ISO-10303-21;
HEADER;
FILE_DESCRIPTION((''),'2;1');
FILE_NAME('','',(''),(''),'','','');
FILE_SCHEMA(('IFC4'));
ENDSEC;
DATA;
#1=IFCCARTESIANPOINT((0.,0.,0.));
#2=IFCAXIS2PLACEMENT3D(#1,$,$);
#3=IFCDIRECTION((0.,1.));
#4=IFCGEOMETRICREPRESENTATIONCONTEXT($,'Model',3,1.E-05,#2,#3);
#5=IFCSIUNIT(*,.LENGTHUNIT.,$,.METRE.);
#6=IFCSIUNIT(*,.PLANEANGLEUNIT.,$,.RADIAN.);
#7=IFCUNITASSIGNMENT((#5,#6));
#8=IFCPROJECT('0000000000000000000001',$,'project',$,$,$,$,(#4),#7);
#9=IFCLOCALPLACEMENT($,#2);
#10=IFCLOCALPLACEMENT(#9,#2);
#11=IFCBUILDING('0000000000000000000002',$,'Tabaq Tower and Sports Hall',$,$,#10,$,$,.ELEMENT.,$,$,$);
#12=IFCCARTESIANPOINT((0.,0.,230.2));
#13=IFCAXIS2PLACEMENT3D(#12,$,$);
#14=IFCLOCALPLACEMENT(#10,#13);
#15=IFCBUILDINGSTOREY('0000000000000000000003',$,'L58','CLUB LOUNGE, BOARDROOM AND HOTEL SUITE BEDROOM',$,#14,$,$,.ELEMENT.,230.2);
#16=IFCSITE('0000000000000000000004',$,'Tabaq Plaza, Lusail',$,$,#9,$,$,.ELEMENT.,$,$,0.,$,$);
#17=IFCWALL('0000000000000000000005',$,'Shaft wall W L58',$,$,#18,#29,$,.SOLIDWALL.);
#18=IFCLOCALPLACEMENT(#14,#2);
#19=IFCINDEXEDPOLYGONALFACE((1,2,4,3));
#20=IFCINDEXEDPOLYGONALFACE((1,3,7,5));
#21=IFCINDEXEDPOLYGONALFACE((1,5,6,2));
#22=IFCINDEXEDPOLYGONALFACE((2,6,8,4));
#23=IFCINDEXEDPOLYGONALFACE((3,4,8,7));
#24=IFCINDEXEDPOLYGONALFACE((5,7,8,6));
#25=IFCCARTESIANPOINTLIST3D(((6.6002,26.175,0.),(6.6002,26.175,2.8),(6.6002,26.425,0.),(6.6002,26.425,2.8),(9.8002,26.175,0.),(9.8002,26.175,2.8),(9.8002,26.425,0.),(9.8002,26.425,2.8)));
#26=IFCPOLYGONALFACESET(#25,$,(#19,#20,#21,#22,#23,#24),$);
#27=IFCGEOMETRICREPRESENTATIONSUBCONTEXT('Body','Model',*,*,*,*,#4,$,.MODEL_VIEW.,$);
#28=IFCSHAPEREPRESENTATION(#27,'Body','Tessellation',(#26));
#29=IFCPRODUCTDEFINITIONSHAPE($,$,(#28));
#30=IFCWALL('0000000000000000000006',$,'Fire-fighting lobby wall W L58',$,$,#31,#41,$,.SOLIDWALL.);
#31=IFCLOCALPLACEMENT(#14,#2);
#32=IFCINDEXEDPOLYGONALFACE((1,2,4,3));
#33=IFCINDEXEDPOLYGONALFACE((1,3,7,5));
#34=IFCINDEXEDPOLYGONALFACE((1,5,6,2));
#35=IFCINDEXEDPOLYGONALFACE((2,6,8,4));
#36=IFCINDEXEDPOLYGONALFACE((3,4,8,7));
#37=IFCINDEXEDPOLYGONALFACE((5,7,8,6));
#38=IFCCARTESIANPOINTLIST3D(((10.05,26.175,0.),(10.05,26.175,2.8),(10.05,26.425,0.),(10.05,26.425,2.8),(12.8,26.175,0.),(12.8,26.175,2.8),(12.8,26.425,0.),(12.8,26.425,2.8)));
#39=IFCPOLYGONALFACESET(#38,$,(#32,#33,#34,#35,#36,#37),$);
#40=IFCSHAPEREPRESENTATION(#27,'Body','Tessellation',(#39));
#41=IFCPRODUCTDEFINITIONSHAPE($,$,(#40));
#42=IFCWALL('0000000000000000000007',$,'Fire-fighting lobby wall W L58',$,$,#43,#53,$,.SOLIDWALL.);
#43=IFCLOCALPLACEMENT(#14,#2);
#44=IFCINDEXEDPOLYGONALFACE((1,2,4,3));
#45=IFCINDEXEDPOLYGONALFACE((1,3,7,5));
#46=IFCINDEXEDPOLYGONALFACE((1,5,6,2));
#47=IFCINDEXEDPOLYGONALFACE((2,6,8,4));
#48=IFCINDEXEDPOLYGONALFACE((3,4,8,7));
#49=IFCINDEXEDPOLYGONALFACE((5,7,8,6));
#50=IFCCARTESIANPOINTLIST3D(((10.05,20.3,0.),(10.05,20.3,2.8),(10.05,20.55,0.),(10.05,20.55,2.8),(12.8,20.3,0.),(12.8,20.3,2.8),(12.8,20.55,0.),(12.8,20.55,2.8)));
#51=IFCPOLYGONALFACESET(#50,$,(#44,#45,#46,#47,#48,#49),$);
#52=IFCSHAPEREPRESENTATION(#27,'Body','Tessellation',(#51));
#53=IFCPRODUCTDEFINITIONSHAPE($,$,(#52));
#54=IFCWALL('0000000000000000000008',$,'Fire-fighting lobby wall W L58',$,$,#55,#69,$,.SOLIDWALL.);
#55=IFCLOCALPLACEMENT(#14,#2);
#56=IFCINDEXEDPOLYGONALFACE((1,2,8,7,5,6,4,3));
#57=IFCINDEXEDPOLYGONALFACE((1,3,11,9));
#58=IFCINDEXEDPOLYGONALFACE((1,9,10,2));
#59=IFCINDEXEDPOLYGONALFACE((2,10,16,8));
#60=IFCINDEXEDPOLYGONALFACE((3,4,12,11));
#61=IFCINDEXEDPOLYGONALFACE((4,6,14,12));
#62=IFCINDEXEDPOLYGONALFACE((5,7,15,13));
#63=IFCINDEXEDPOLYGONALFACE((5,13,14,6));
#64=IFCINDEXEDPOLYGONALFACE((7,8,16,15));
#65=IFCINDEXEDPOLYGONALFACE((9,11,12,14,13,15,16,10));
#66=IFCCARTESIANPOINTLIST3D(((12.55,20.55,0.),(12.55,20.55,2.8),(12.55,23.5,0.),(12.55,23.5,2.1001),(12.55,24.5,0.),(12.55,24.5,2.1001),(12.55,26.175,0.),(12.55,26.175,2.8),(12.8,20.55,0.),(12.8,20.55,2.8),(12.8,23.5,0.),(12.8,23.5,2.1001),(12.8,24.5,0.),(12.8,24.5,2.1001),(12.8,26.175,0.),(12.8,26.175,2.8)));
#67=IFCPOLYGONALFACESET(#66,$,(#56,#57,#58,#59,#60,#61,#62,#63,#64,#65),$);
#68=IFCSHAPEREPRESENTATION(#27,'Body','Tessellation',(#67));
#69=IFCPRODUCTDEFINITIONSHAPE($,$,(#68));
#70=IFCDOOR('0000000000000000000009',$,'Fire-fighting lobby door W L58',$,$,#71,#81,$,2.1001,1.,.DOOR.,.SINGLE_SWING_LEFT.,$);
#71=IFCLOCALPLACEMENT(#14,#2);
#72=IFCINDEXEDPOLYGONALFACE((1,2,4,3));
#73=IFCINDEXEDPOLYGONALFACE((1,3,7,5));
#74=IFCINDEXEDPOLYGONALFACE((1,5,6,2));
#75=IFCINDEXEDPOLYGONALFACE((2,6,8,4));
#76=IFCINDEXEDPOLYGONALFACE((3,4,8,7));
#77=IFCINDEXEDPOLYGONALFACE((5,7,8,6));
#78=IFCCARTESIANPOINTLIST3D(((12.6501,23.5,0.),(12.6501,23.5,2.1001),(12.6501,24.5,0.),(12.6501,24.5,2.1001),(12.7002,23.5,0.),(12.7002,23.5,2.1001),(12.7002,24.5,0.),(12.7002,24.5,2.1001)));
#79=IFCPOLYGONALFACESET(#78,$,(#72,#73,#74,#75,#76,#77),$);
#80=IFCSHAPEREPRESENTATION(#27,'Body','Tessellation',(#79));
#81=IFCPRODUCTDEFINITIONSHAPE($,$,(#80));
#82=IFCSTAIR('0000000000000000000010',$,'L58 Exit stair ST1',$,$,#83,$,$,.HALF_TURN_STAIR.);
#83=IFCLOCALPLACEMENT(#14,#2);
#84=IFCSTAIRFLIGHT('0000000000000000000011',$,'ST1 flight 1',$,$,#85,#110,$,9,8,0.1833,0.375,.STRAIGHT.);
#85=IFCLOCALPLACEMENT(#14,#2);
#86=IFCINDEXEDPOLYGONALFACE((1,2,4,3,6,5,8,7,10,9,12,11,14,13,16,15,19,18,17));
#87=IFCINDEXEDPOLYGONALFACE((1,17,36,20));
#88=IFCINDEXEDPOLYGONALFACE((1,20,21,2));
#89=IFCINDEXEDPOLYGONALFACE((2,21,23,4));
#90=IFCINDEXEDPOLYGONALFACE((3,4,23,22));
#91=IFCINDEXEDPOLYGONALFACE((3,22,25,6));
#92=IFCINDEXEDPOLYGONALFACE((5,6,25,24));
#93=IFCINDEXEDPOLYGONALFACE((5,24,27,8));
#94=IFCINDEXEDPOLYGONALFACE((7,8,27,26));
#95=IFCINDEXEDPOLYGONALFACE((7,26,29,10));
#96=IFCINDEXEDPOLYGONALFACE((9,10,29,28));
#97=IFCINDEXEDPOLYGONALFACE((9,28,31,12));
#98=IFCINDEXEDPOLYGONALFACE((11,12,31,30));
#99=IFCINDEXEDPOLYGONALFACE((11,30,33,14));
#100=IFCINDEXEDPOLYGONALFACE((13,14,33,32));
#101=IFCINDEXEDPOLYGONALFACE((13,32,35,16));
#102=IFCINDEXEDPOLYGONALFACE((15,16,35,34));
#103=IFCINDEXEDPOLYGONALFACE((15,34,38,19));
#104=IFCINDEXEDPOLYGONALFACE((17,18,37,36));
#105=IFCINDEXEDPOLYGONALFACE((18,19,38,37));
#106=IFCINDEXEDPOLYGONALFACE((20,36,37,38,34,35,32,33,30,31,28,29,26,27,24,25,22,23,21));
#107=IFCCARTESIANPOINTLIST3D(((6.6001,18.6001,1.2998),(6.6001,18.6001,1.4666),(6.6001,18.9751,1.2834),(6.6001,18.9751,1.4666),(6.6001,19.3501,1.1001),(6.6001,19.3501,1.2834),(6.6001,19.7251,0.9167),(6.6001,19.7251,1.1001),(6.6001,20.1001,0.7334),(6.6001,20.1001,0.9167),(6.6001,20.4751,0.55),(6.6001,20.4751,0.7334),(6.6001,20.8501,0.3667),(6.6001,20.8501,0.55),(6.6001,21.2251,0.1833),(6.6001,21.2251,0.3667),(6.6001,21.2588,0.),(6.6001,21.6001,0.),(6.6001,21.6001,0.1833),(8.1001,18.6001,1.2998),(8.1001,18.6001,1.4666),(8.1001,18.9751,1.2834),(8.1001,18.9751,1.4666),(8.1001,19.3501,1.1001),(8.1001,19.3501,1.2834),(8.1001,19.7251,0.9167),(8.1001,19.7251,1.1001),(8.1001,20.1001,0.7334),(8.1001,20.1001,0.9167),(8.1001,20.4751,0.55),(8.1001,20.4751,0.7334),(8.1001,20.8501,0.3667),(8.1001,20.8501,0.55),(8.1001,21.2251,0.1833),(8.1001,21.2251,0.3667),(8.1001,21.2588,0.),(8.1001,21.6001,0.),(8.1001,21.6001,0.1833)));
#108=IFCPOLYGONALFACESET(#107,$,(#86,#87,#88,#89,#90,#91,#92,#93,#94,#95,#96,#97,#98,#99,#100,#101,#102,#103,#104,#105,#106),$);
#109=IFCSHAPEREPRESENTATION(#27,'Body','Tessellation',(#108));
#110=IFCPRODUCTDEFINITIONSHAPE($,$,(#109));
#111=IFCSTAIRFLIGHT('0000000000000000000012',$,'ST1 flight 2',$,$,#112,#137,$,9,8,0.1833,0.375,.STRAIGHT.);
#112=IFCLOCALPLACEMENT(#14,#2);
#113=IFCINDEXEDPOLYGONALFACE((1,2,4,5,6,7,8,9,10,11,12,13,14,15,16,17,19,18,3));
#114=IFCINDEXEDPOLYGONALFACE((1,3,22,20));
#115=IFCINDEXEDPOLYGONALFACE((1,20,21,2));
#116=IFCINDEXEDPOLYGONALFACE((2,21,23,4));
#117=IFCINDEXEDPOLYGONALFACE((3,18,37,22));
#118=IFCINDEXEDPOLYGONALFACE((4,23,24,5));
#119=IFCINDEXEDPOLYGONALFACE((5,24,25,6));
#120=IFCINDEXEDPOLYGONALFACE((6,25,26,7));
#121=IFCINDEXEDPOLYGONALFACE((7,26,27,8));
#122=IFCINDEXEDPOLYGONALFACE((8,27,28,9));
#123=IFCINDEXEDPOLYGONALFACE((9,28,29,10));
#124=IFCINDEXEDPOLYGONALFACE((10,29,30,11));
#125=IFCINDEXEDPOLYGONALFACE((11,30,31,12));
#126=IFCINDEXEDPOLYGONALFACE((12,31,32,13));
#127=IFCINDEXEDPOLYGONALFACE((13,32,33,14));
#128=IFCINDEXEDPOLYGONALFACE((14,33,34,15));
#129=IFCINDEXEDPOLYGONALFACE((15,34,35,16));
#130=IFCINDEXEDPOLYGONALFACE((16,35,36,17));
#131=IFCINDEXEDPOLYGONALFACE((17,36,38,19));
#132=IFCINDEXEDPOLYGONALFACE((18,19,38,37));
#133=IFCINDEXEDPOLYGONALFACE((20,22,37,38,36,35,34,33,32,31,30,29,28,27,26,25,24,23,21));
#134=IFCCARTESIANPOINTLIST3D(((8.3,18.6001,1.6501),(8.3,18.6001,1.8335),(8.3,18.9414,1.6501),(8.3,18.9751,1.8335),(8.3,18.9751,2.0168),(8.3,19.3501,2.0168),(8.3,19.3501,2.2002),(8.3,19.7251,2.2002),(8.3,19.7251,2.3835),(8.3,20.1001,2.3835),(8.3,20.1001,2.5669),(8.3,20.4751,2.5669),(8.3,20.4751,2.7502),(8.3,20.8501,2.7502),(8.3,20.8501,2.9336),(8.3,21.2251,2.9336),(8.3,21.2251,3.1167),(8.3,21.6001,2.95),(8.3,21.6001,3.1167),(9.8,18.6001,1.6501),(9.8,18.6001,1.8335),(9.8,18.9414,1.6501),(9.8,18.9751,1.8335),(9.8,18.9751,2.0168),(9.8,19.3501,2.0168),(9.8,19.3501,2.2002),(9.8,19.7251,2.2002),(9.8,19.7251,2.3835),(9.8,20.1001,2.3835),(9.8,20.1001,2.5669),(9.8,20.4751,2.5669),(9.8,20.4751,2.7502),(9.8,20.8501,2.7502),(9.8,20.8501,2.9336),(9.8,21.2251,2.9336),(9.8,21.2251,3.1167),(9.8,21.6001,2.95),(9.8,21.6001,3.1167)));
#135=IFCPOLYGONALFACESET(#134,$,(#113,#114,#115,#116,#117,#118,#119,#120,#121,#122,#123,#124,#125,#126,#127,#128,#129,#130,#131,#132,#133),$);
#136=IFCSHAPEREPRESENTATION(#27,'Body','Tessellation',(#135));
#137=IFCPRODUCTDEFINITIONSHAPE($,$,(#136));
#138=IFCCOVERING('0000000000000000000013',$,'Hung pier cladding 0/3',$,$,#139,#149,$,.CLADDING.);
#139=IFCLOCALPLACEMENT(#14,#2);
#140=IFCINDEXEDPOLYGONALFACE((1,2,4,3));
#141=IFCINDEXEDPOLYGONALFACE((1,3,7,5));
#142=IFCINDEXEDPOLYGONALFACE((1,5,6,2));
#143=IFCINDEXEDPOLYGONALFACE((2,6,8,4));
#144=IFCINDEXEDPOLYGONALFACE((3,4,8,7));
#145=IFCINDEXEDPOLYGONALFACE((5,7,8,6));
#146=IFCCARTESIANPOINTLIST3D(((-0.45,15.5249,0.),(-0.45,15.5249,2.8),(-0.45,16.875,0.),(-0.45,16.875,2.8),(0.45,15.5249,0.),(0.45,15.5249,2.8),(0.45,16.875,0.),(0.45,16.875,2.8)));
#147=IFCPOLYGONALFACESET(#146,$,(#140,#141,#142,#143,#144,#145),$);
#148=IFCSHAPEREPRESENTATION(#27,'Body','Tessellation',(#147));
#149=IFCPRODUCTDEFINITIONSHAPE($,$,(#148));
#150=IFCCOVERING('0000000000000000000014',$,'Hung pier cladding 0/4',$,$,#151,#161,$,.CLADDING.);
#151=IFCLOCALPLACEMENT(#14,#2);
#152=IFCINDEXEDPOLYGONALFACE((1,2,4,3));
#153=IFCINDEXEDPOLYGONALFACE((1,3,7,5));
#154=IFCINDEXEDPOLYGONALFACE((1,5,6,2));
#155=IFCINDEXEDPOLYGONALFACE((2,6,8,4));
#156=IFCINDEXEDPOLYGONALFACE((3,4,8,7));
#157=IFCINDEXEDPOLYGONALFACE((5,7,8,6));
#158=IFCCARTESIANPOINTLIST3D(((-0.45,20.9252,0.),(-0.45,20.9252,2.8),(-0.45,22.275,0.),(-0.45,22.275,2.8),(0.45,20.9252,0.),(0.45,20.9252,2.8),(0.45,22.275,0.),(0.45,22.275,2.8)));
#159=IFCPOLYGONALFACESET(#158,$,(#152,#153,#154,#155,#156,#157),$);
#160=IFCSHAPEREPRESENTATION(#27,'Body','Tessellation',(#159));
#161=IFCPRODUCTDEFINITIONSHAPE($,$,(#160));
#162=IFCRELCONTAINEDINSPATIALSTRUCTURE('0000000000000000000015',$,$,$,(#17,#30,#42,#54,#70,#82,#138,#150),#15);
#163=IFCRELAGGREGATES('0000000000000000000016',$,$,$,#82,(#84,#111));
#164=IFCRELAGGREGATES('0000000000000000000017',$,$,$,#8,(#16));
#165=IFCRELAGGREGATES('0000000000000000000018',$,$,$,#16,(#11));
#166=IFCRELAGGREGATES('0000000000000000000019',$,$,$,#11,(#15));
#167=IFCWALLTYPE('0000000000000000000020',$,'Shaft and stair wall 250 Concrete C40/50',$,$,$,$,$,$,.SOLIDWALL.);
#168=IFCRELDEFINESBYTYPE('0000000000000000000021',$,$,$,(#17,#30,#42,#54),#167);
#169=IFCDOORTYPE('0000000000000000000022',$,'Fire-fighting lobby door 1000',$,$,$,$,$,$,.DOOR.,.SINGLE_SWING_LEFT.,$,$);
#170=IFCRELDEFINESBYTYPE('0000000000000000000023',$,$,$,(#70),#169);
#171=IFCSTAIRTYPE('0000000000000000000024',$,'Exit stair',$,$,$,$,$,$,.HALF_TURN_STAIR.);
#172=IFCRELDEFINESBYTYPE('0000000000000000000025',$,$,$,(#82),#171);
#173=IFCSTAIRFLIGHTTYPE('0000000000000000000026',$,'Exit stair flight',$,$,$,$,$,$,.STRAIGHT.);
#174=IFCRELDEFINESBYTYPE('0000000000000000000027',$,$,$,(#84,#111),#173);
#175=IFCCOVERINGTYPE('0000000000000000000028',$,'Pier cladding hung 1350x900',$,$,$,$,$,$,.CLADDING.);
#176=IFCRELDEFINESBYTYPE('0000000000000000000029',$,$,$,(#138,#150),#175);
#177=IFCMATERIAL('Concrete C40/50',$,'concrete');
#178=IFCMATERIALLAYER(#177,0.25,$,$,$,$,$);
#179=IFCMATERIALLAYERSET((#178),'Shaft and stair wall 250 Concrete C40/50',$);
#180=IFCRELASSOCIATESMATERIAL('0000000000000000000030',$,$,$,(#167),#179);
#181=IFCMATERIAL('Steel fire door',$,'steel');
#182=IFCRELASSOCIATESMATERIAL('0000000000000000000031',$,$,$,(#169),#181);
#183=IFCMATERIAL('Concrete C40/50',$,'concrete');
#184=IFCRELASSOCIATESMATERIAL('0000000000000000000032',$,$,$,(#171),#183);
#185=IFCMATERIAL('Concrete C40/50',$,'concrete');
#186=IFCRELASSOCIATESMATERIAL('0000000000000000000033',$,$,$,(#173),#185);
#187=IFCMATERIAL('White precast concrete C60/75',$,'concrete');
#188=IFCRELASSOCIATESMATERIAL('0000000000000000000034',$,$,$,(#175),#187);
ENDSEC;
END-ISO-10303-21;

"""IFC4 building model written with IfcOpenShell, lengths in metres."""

from ifc_helpers import new_model, si_unit, direction, frame, frame_2d, origin, place, context, subcontext, project, spatial, polyline, rectangle, outline, extrude, material, layer, layer_set, type_object, element, fill, aggregate, save


model = new_model("IFC4")

# Units and contexts
model_context = context("Model", 3, precision=1e-05, world=origin(), true_north=direction((0.0, 1.0)))
body_context = subcontext(model_context, "Body", "Model", "MODEL_VIEW")
ifc_project = project(units=[si_unit("LENGTHUNIT", "METRE"), si_unit("PLANEANGLEUNIT", "RADIAN")], contexts=[model_context])

# Site, building, storey
site_placement = place(None, origin())
site = spatial("IfcSite", under=ifc_project, at=site_placement, Name="Tabaq Plaza, Lusail", CompositionType="ELEMENT", RefElevation=0.0)
building_placement = place(site_placement, origin())
building = spatial("IfcBuilding", under=site, at=building_placement, Name="Tabaq Tower and Sports Hall", CompositionType="ELEMENT")
storey_placement = place(building_placement, frame((0.0, 0.0, 230.2)))
storey = spatial("IfcBuildingStorey", under=building, at=storey_placement, Name="L58", Description="CLUB LOUNGE, BOARDROOM AND HOTEL SUITE BEDROOM", CompositionType="ELEMENT", Elevation=230.2)

# Shared definitions
ifc_material_1 = material(Name="Concrete C40/50", Category="concrete")
ifc_layer_1 = layer(ifc_material_1, 0.25)
ifc_layer_set_1 = layer_set([ifc_layer_1], Name="Shaft and stair wall 250 Concrete C40/50")
wall_type = type_object("IfcWallType", Name="Shaft and stair wall 250 Concrete C40/50", PredefinedType="SOLIDWALL", material=ifc_layer_set_1)

# Walls
for number, where, z_axis, x_axis, name in (
    (1, (6.6001, 26.3, 0.0), (0.0, 0.0, 1.0), (1.0, 0.0, 0.0), "Shaft wall W L58"),
):
    element("IfcWall", number, at=place(storey_placement, frame(where, z_axis=z_axis, x_axis=x_axis)), inside=storey, type_object=wall_type, Name=name, PredefinedType="SOLIDWALL", context=body_context, shape_type="SweptSolid", body=[
        extrude(rectangle(XDim=3.2, YDim=0.25, at=frame_2d((1.6001, 0.0))), origin(), (0.0, 0.0, 1.0), 2.8),
    ])
for number, where, z_axis, x_axis, name in (
    (2, (10.05, 26.3, 0.0), (0.0, 0.0, 1.0), (1.0, 0.0, 0.0), "Fire-fighting lobby wall W L58"),
    (3, (10.05, 20.425, 0.0), (0.0, 0.0, 1.0), (1.0, 0.0, 0.0), "Fire-fighting lobby wall W L58"),
):
    element("IfcWall", number, at=place(storey_placement, frame(where, z_axis=z_axis, x_axis=x_axis)), inside=storey, type_object=wall_type, Name=name, PredefinedType="SOLIDWALL", context=body_context, shape_type="SweptSolid", body=[
        extrude(rectangle(XDim=2.75, YDim=0.25, at=frame_2d((1.375, 0.0))), origin(), (0.0, 0.0, 1.0), 2.8),
    ])

# Wall, opening, door
wall_1_placement = place(storey_placement, frame((12.675, 20.55, 0.0), z_axis=(0.0, 0.0, 1.0), x_axis=(0.0, 1.0, 0.0)))
wall_1 = element("IfcWall", 4, at=wall_1_placement, inside=storey, type_object=wall_type, Name="Fire-fighting lobby wall W L58", PredefinedType="SOLIDWALL", context=body_context, shape_type="SweptSolid", body=[
    extrude(rectangle(XDim=5.625, YDim=0.25, at=frame_2d((2.8125, 0.0))), origin(), (0.0, 0.0, 1.0), 2.8),
])
opening_1_placement = place(wall_1_placement, frame((2.95, 0.0, 0.0)))
opening_1 = element("IfcOpeningElement", 5, at=opening_1_placement, cuts=wall_1, PredefinedType="OPENING", context=body_context, shape_type="SweptSolid", body=[
    extrude(rectangle(XDim=1.0, YDim=2.1001, at=frame_2d((0.5, 1.05))), frame((0.0, 0.125, 0.0), z_axis=(0.0, -1.0, 0.0), x_axis=(1.0, 0.0, 0.0)), (0.0, 0.0, 1.0), 0.25),
])
ifc_material_2 = material(Name="Steel fire door", Category="steel")
door_type_1 = type_object("IfcDoorType", Name="Fire-fighting lobby door 1000", OperationType="SINGLE_SWING_LEFT", PredefinedType="DOOR", material=ifc_material_2)
door_1_placement = place(opening_1_placement, origin())
door_1 = element("IfcDoor", 6, at=door_1_placement, inside=storey, type_object=door_type_1, Name="Fire-fighting lobby door W L58", OperationType="SINGLE_SWING_LEFT", OverallHeight=2.1001, OverallWidth=1.0, PredefinedType="DOOR", context=body_context, shape_type="SweptSolid", body=[
    extrude(rectangle(XDim=1.0, YDim=2.1001, at=frame_2d((0.5, 1.05))), frame((0.0, 0.0249, 0.0), z_axis=(0.0, -1.0, 0.0), x_axis=(1.0, 0.0, 0.0)), (0.0, 0.0, 1.0), 0.05),
])
fill(opening_1, door_1)

# Stair, stair flights
ifc_material_3 = material(Name="Concrete C40/50", Category="concrete")
stair_type = type_object("IfcStairType", Name="Exit stair", PredefinedType="HALF_TURN_STAIR", material=ifc_material_3)
stair_placement = place(storey_placement, origin())
stair = element("IfcStair", 7, at=stair_placement, inside=storey, type_object=stair_type, Name="L58 Exit stair ST1", PredefinedType="HALF_TURN_STAIR")
ifc_material_4 = material(Name="Concrete C40/50", Category="concrete")
stair_flight_type = type_object("IfcStairFlightType", Name="Exit stair flight", PredefinedType="STRAIGHT", material=ifc_material_4)
stair_flight_1_placement = place(storey_placement, frame((7.3501, 21.6001, 0.0), z_axis=(0.0, 0.0, 1.0), x_axis=(0.0, -1.0, 0.0)))
stair_flight_1 = element("IfcStairFlight", 8, at=stair_flight_1_placement, type_object=stair_flight_type, Name="ST1 flight 1", NumberOfRisers=9, NumberOfTreads=8, PredefinedType="STRAIGHT", RiserHeight=0.1833, TreadLength=0.375, context=body_context, shape_type="SweptSolid", body=[
    extrude(outline(polyline([(0.0, 0.0), (0.0, 0.1833), (0.375, 0.1833), (0.375, 0.3667), (0.75, 0.3667), (0.75, 0.55), (1.125, 0.55), (1.125, 0.7334), (1.5, 0.7334), (1.5, 0.9167), (1.875, 0.9167), (1.875, 1.1001), (2.25, 1.1001), (2.25, 1.2834), (2.625, 1.2834), (2.625, 1.4666), (3.0, 1.4666), (3.0, 1.6499), (3.0, 1.2998), (0.3413, 0.0), (0.0, 0.0)])), frame((0.0, 0.75, 0.0), z_axis=(0.0, -1.0, 0.0), x_axis=(1.0, 0.0, 0.0)), (0.0, 0.0, 1.0), 1.5),
])
stair_flight_2_placement = place(storey_placement, frame((9.05, 18.6001, 1.6501), z_axis=(0.0, 0.0, 1.0), x_axis=(0.0, 1.0, 0.0)))
stair_flight_2 = element("IfcStairFlight", 9, at=stair_flight_2_placement, type_object=stair_flight_type, Name="ST1 flight 2", NumberOfRisers=9, NumberOfTreads=8, PredefinedType="STRAIGHT", RiserHeight=0.1833, TreadLength=0.375, context=body_context, shape_type="SweptSolid", body=[
    extrude(outline(polyline([(0.0, 0.0), (0.0, 0.1833), (0.375, 0.1833), (0.375, 0.3667), (0.75, 0.3667), (0.75, 0.55), (1.125, 0.55), (1.125, 0.7334), (1.5, 0.7334), (1.5, 0.9167), (1.875, 0.9167), (1.875, 1.1001), (2.25, 1.1001), (2.25, 1.2834), (2.625, 1.2834), (2.625, 1.4666), (3.0, 1.4666), (3.0, 1.6499), (3.0, 1.2998), (0.3413, 0.0), (0.0, 0.0)])), frame((0.0, 0.75, 0.0), z_axis=(0.0, -1.0, 0.0), x_axis=(1.0, 0.0, 0.0)), (0.0, 0.0, 1.0), 1.5),
])
aggregate(stair, [stair_flight_1, stair_flight_2])

# Coverings
ifc_material_5 = material(Name="White precast concrete C60/75", Category="concrete")
covering_type_1 = type_object("IfcCoveringType", Name="Pier cladding hung 1350x900", PredefinedType="CLADDING", material=ifc_material_5)
covering_1_placement = place(storey_placement, frame((0.0, 16.875, 0.0), z_axis=(0.0, 0.0, 1.0), x_axis=(0.0, -1.0, 0.0)))
element("IfcCovering", 10, at=covering_1_placement, inside=storey, type_object=covering_type_1, Name="Hung pier cladding 0/3", PredefinedType="CLADDING", context=body_context, shape_type="SweptSolid", body=[
    extrude(rectangle(XDim=1.3501, YDim=0.8999, at=frame_2d((0.675, 0.0))), origin(), (0.0, 0.0, 1.0), 2.8),
])
covering_2_placement = place(storey_placement, frame((0.0, 22.2749, 0.0), z_axis=(0.0, 0.0, 1.0), x_axis=(0.0, -1.0, 0.0)))
element("IfcCovering", 11, at=covering_2_placement, inside=storey, type_object=covering_type_1, Name="Hung pier cladding 0/4", PredefinedType="CLADDING", context=body_context, shape_type="SweptSolid", body=[
    extrude(rectangle(XDim=1.3499, YDim=0.8999, at=frame_2d((0.6748, 0.0))), origin(), (0.0, 0.0, 1.0), 2.8),
])

save(model, "model.ifc")
